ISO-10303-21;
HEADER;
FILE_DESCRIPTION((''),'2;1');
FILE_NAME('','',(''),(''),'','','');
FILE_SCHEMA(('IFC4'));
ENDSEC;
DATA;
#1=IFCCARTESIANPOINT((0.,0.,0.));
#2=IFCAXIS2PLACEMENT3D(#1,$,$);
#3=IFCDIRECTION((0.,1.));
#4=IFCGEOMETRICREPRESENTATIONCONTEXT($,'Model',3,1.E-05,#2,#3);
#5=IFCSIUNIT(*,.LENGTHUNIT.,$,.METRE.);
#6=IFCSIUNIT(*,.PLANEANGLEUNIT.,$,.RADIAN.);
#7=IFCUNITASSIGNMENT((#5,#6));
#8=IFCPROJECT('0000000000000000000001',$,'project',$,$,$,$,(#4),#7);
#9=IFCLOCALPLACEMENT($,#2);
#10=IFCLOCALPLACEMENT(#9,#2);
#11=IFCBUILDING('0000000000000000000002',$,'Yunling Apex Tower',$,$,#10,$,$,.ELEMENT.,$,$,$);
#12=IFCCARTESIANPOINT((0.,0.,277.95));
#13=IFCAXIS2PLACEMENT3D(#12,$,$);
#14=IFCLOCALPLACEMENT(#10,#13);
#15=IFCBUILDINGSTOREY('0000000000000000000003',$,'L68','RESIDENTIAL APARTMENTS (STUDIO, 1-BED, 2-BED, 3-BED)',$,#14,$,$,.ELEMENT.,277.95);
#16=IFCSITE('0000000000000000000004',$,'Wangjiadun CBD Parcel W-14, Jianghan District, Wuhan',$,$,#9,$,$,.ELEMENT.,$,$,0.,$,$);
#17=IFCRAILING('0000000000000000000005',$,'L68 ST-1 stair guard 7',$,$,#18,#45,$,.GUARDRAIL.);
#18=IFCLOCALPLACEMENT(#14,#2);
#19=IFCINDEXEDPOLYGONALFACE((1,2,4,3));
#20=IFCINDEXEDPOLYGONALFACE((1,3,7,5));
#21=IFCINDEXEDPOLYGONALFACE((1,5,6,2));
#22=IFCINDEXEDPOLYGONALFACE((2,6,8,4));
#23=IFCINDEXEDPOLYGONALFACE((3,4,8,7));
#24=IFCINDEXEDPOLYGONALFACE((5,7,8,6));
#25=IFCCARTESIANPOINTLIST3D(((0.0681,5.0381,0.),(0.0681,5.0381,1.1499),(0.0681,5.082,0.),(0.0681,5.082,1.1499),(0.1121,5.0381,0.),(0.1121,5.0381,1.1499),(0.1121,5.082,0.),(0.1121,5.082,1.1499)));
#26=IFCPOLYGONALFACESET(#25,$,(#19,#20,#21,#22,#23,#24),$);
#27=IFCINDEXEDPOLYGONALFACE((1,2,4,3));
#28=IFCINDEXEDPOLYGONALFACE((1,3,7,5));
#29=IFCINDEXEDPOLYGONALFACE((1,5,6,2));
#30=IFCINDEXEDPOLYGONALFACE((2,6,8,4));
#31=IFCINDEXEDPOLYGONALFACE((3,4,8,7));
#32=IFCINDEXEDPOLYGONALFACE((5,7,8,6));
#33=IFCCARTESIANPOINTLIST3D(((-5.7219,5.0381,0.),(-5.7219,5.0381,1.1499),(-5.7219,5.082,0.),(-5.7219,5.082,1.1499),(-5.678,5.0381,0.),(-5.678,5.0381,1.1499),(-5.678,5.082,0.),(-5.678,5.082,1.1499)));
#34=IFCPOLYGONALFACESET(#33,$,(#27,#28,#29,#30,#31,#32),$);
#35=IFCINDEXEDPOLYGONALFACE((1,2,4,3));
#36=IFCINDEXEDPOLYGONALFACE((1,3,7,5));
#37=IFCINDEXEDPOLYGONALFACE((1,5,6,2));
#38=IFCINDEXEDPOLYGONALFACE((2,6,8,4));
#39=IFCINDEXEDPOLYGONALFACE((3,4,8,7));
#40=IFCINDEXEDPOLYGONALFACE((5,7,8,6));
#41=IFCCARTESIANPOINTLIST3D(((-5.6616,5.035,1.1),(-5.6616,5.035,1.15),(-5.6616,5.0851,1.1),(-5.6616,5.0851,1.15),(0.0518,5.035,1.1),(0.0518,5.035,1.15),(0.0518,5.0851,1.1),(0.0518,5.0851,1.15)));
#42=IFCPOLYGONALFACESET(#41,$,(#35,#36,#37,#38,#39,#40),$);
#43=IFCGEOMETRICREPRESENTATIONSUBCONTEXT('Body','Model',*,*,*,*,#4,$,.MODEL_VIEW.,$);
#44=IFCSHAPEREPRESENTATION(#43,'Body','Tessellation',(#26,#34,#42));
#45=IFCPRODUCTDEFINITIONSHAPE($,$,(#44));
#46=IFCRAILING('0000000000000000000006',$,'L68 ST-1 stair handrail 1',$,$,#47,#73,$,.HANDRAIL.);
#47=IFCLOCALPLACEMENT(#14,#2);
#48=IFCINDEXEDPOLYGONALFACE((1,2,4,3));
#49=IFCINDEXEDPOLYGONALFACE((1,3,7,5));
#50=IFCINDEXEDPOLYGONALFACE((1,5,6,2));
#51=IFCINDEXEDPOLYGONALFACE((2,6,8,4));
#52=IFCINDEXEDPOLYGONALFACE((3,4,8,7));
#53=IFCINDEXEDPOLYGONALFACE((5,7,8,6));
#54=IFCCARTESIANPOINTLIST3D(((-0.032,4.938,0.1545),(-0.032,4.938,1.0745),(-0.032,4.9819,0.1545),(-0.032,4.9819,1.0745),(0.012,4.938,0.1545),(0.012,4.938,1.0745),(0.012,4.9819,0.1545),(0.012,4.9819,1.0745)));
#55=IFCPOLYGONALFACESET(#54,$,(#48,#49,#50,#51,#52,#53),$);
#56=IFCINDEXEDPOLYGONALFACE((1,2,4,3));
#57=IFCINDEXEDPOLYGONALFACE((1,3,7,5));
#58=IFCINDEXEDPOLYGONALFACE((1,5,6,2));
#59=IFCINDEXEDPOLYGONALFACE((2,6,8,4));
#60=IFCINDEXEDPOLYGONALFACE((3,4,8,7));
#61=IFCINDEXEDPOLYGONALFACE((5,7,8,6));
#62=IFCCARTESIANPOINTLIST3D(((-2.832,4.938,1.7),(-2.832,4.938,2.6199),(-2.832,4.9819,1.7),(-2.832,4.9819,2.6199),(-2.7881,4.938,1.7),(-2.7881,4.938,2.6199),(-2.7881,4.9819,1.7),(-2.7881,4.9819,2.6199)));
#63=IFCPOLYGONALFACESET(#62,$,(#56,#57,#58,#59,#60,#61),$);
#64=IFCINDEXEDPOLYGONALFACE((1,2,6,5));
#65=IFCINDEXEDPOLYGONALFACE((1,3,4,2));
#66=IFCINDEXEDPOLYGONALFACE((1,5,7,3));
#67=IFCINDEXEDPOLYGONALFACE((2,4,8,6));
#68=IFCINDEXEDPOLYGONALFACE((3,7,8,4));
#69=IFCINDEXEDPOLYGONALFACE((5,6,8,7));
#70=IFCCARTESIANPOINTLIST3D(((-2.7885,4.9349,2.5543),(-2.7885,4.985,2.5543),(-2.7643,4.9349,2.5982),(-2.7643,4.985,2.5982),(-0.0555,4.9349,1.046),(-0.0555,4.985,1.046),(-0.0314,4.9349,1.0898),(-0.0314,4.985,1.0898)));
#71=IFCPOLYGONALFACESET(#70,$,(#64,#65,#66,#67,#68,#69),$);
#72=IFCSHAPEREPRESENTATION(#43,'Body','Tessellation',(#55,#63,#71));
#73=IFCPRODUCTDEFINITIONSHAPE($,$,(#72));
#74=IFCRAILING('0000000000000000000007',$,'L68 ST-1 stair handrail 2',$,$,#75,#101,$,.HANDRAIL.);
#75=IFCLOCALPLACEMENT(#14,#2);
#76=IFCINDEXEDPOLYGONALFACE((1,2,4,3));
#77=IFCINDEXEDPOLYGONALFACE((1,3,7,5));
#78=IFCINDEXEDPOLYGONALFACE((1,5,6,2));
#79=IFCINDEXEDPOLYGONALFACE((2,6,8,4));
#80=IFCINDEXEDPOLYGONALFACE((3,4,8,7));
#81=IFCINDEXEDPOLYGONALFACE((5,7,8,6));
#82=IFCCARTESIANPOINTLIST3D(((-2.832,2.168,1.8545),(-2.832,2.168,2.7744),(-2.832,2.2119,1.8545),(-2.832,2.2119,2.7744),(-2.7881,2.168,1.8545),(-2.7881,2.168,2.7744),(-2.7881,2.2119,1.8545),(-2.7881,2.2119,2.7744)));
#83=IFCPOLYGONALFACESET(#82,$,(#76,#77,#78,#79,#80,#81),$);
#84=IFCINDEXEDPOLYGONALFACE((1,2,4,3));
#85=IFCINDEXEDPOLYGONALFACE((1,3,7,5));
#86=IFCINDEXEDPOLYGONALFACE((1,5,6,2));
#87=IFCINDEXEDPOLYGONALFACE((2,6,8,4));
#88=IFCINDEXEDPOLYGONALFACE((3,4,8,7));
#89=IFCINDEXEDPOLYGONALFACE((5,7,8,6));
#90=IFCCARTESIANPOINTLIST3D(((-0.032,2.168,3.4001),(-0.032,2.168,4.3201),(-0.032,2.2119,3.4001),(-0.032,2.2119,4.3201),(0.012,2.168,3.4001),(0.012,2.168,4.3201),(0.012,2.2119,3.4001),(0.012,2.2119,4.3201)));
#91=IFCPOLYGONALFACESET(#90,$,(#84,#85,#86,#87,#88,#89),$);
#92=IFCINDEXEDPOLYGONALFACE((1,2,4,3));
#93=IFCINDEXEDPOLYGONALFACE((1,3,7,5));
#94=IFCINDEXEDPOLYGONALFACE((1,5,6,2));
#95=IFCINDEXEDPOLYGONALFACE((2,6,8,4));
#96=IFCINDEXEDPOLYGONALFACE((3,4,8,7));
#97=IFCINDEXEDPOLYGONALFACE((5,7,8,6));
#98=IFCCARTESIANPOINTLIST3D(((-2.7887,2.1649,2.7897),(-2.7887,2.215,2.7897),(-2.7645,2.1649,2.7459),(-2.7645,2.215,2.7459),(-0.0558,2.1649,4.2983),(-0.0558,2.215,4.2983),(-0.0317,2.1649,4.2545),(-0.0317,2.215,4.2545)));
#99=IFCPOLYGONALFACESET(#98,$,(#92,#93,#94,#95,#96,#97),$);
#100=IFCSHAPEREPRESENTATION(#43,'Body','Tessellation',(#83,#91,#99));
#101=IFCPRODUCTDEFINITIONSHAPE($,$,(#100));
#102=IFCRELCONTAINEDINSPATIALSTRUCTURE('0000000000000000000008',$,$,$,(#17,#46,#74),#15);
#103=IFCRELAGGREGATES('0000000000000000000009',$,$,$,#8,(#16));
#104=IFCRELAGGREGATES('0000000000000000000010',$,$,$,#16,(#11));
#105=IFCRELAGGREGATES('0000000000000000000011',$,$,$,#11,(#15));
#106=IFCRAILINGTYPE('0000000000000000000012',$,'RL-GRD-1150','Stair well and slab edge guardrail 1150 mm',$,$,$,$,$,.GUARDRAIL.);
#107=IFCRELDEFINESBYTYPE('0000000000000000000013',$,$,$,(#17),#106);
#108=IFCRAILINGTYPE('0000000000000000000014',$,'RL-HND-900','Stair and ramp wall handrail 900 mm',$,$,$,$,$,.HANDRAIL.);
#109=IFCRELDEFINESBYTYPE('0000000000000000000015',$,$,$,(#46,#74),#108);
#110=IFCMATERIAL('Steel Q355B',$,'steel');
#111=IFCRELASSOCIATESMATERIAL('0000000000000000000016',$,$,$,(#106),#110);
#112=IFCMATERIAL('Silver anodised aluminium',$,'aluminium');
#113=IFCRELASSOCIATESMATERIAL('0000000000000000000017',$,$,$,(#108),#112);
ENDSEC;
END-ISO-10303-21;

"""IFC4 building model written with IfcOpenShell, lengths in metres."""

from ifc_helpers import new_model, si_unit, direction, frame, origin, origin_2d, place, context, subcontext, project, spatial, rectangle, extrude, material, type_object, element, save


model = new_model("IFC4")

# Units and contexts
model_context = context("Model", 3, precision=1e-05, world=origin(), true_north=direction((0.0, 1.0)))
body_context = subcontext(model_context, "Body", "Model", "MODEL_VIEW")
ifc_project = project(units=[si_unit("LENGTHUNIT", "METRE"), si_unit("PLANEANGLEUNIT", "RADIAN")], contexts=[model_context])

# Site, building, storey
site_placement = place(None, origin())
site = spatial("IfcSite", under=ifc_project, at=site_placement, Name="Wangjiadun CBD Parcel W-14, Jianghan District, Wuhan", CompositionType="ELEMENT", RefElevation=0.0)
building_placement = place(site_placement, origin())
building = spatial("IfcBuilding", under=site, at=building_placement, Name="Yunling Apex Tower", CompositionType="ELEMENT")
storey_placement = place(building_placement, frame((0.0, 0.0, 277.95)))
storey = spatial("IfcBuildingStorey", under=building, at=storey_placement, Name="L68", Description="RESIDENTIAL APARTMENTS (STUDIO, 1-BED, 2-BED, 3-BED)", CompositionType="ELEMENT", Elevation=277.95)

# Shared definitions
ifc_material_1 = material(Name="Steel Q355B", Category="steel")

# Railings
railing_type_1 = type_object("IfcRailingType", Name="RL-GRD-1150", Description="Stair well and slab edge guardrail 1150 mm", PredefinedType="GUARDRAIL", material=ifc_material_1)
railing_1_placement = place(storey_placement, frame((0.0901, 5.0601, 0.0)))
element("IfcRailing", 1, at=railing_1_placement, inside=storey, type_object=railing_type_1, Name="L68 ST-1 stair guard 7", PredefinedType="GUARDRAIL", context=body_context, shape_type="SweptSolid", body=[
    extrude(rectangle(XDim=0.0439, YDim=0.0439, at=origin_2d()), origin(), (0.0, 0.0, 1.0), 1.1499),
    extrude(rectangle(XDim=0.0439, YDim=0.0439, at=origin_2d()), frame((-5.79, 0.0, 0.0)), (0.0, 0.0, 1.0), 1.1499),
    extrude(rectangle(XDim=0.05, YDim=0.05, at=origin_2d()), frame((-0.0383, 0.0, 1.125), z_axis=(-1.0, 0.0, 0.0), x_axis=(0.0, -1.0, 0.0)), (0.0, 0.0, 1.0), 5.7134),
])
ifc_material_2 = material(Name="Silver anodised aluminium", Category="aluminium")
railing_type_2 = type_object("IfcRailingType", Name="RL-HND-900", Description="Stair and ramp wall handrail 900 mm", PredefinedType="HANDRAIL", material=ifc_material_2)
railing_2_placement = place(storey_placement, frame((-0.01, 4.96, 0.1545)))
element("IfcRailing", 2, at=railing_2_placement, inside=storey, type_object=railing_type_2, Name="L68 ST-1 stair handrail 1", PredefinedType="HANDRAIL", context=body_context, shape_type="SweptSolid", body=[
    extrude(rectangle(XDim=0.0439, YDim=0.0439, at=origin_2d()), origin(), (0.0, 0.0, 1.0), 0.9199),
    extrude(rectangle(XDim=0.0439, YDim=0.0439, at=origin_2d()), frame((-2.8, 0.0, 1.5454)), (0.0, 0.0, 1.0), 0.9199),
    extrude(rectangle(XDim=0.05, YDim=0.05, at=origin_2d()), frame((-0.0334, 0.0, 0.9133), z_axis=(-0.875504, 0.0, 0.483211), x_axis=(0.0, -1.0, 0.0)), (0.0, 0.0, 1.0), 3.1216),
])
railing_3_placement = place(storey_placement, frame((-2.8101, 2.1899, 1.8545)))
element("IfcRailing", 3, at=railing_3_placement, inside=storey, type_object=railing_type_2, Name="L68 ST-1 stair handrail 2", PredefinedType="HANDRAIL", context=body_context, shape_type="SweptSolid", body=[
    extrude(rectangle(XDim=0.0439, YDim=0.0439, at=origin_2d()), origin(), (0.0, 0.0, 1.0), 0.9199),
    extrude(rectangle(XDim=0.0439, YDim=0.0439, at=origin_2d()), frame((2.8, 0.0, 1.5457)), (0.0, 0.0, 1.0), 0.9199),
    extrude(rectangle(XDim=0.05, YDim=0.05, at=origin_2d()), frame((0.0334, 0.0, 0.9133), z_axis=(0.875472, 0.0, 0.483269), x_axis=(0.0, 1.0, 0.0)), (0.0, 0.0, 1.0), 3.1216),
])

save(model, "model.ifc")
